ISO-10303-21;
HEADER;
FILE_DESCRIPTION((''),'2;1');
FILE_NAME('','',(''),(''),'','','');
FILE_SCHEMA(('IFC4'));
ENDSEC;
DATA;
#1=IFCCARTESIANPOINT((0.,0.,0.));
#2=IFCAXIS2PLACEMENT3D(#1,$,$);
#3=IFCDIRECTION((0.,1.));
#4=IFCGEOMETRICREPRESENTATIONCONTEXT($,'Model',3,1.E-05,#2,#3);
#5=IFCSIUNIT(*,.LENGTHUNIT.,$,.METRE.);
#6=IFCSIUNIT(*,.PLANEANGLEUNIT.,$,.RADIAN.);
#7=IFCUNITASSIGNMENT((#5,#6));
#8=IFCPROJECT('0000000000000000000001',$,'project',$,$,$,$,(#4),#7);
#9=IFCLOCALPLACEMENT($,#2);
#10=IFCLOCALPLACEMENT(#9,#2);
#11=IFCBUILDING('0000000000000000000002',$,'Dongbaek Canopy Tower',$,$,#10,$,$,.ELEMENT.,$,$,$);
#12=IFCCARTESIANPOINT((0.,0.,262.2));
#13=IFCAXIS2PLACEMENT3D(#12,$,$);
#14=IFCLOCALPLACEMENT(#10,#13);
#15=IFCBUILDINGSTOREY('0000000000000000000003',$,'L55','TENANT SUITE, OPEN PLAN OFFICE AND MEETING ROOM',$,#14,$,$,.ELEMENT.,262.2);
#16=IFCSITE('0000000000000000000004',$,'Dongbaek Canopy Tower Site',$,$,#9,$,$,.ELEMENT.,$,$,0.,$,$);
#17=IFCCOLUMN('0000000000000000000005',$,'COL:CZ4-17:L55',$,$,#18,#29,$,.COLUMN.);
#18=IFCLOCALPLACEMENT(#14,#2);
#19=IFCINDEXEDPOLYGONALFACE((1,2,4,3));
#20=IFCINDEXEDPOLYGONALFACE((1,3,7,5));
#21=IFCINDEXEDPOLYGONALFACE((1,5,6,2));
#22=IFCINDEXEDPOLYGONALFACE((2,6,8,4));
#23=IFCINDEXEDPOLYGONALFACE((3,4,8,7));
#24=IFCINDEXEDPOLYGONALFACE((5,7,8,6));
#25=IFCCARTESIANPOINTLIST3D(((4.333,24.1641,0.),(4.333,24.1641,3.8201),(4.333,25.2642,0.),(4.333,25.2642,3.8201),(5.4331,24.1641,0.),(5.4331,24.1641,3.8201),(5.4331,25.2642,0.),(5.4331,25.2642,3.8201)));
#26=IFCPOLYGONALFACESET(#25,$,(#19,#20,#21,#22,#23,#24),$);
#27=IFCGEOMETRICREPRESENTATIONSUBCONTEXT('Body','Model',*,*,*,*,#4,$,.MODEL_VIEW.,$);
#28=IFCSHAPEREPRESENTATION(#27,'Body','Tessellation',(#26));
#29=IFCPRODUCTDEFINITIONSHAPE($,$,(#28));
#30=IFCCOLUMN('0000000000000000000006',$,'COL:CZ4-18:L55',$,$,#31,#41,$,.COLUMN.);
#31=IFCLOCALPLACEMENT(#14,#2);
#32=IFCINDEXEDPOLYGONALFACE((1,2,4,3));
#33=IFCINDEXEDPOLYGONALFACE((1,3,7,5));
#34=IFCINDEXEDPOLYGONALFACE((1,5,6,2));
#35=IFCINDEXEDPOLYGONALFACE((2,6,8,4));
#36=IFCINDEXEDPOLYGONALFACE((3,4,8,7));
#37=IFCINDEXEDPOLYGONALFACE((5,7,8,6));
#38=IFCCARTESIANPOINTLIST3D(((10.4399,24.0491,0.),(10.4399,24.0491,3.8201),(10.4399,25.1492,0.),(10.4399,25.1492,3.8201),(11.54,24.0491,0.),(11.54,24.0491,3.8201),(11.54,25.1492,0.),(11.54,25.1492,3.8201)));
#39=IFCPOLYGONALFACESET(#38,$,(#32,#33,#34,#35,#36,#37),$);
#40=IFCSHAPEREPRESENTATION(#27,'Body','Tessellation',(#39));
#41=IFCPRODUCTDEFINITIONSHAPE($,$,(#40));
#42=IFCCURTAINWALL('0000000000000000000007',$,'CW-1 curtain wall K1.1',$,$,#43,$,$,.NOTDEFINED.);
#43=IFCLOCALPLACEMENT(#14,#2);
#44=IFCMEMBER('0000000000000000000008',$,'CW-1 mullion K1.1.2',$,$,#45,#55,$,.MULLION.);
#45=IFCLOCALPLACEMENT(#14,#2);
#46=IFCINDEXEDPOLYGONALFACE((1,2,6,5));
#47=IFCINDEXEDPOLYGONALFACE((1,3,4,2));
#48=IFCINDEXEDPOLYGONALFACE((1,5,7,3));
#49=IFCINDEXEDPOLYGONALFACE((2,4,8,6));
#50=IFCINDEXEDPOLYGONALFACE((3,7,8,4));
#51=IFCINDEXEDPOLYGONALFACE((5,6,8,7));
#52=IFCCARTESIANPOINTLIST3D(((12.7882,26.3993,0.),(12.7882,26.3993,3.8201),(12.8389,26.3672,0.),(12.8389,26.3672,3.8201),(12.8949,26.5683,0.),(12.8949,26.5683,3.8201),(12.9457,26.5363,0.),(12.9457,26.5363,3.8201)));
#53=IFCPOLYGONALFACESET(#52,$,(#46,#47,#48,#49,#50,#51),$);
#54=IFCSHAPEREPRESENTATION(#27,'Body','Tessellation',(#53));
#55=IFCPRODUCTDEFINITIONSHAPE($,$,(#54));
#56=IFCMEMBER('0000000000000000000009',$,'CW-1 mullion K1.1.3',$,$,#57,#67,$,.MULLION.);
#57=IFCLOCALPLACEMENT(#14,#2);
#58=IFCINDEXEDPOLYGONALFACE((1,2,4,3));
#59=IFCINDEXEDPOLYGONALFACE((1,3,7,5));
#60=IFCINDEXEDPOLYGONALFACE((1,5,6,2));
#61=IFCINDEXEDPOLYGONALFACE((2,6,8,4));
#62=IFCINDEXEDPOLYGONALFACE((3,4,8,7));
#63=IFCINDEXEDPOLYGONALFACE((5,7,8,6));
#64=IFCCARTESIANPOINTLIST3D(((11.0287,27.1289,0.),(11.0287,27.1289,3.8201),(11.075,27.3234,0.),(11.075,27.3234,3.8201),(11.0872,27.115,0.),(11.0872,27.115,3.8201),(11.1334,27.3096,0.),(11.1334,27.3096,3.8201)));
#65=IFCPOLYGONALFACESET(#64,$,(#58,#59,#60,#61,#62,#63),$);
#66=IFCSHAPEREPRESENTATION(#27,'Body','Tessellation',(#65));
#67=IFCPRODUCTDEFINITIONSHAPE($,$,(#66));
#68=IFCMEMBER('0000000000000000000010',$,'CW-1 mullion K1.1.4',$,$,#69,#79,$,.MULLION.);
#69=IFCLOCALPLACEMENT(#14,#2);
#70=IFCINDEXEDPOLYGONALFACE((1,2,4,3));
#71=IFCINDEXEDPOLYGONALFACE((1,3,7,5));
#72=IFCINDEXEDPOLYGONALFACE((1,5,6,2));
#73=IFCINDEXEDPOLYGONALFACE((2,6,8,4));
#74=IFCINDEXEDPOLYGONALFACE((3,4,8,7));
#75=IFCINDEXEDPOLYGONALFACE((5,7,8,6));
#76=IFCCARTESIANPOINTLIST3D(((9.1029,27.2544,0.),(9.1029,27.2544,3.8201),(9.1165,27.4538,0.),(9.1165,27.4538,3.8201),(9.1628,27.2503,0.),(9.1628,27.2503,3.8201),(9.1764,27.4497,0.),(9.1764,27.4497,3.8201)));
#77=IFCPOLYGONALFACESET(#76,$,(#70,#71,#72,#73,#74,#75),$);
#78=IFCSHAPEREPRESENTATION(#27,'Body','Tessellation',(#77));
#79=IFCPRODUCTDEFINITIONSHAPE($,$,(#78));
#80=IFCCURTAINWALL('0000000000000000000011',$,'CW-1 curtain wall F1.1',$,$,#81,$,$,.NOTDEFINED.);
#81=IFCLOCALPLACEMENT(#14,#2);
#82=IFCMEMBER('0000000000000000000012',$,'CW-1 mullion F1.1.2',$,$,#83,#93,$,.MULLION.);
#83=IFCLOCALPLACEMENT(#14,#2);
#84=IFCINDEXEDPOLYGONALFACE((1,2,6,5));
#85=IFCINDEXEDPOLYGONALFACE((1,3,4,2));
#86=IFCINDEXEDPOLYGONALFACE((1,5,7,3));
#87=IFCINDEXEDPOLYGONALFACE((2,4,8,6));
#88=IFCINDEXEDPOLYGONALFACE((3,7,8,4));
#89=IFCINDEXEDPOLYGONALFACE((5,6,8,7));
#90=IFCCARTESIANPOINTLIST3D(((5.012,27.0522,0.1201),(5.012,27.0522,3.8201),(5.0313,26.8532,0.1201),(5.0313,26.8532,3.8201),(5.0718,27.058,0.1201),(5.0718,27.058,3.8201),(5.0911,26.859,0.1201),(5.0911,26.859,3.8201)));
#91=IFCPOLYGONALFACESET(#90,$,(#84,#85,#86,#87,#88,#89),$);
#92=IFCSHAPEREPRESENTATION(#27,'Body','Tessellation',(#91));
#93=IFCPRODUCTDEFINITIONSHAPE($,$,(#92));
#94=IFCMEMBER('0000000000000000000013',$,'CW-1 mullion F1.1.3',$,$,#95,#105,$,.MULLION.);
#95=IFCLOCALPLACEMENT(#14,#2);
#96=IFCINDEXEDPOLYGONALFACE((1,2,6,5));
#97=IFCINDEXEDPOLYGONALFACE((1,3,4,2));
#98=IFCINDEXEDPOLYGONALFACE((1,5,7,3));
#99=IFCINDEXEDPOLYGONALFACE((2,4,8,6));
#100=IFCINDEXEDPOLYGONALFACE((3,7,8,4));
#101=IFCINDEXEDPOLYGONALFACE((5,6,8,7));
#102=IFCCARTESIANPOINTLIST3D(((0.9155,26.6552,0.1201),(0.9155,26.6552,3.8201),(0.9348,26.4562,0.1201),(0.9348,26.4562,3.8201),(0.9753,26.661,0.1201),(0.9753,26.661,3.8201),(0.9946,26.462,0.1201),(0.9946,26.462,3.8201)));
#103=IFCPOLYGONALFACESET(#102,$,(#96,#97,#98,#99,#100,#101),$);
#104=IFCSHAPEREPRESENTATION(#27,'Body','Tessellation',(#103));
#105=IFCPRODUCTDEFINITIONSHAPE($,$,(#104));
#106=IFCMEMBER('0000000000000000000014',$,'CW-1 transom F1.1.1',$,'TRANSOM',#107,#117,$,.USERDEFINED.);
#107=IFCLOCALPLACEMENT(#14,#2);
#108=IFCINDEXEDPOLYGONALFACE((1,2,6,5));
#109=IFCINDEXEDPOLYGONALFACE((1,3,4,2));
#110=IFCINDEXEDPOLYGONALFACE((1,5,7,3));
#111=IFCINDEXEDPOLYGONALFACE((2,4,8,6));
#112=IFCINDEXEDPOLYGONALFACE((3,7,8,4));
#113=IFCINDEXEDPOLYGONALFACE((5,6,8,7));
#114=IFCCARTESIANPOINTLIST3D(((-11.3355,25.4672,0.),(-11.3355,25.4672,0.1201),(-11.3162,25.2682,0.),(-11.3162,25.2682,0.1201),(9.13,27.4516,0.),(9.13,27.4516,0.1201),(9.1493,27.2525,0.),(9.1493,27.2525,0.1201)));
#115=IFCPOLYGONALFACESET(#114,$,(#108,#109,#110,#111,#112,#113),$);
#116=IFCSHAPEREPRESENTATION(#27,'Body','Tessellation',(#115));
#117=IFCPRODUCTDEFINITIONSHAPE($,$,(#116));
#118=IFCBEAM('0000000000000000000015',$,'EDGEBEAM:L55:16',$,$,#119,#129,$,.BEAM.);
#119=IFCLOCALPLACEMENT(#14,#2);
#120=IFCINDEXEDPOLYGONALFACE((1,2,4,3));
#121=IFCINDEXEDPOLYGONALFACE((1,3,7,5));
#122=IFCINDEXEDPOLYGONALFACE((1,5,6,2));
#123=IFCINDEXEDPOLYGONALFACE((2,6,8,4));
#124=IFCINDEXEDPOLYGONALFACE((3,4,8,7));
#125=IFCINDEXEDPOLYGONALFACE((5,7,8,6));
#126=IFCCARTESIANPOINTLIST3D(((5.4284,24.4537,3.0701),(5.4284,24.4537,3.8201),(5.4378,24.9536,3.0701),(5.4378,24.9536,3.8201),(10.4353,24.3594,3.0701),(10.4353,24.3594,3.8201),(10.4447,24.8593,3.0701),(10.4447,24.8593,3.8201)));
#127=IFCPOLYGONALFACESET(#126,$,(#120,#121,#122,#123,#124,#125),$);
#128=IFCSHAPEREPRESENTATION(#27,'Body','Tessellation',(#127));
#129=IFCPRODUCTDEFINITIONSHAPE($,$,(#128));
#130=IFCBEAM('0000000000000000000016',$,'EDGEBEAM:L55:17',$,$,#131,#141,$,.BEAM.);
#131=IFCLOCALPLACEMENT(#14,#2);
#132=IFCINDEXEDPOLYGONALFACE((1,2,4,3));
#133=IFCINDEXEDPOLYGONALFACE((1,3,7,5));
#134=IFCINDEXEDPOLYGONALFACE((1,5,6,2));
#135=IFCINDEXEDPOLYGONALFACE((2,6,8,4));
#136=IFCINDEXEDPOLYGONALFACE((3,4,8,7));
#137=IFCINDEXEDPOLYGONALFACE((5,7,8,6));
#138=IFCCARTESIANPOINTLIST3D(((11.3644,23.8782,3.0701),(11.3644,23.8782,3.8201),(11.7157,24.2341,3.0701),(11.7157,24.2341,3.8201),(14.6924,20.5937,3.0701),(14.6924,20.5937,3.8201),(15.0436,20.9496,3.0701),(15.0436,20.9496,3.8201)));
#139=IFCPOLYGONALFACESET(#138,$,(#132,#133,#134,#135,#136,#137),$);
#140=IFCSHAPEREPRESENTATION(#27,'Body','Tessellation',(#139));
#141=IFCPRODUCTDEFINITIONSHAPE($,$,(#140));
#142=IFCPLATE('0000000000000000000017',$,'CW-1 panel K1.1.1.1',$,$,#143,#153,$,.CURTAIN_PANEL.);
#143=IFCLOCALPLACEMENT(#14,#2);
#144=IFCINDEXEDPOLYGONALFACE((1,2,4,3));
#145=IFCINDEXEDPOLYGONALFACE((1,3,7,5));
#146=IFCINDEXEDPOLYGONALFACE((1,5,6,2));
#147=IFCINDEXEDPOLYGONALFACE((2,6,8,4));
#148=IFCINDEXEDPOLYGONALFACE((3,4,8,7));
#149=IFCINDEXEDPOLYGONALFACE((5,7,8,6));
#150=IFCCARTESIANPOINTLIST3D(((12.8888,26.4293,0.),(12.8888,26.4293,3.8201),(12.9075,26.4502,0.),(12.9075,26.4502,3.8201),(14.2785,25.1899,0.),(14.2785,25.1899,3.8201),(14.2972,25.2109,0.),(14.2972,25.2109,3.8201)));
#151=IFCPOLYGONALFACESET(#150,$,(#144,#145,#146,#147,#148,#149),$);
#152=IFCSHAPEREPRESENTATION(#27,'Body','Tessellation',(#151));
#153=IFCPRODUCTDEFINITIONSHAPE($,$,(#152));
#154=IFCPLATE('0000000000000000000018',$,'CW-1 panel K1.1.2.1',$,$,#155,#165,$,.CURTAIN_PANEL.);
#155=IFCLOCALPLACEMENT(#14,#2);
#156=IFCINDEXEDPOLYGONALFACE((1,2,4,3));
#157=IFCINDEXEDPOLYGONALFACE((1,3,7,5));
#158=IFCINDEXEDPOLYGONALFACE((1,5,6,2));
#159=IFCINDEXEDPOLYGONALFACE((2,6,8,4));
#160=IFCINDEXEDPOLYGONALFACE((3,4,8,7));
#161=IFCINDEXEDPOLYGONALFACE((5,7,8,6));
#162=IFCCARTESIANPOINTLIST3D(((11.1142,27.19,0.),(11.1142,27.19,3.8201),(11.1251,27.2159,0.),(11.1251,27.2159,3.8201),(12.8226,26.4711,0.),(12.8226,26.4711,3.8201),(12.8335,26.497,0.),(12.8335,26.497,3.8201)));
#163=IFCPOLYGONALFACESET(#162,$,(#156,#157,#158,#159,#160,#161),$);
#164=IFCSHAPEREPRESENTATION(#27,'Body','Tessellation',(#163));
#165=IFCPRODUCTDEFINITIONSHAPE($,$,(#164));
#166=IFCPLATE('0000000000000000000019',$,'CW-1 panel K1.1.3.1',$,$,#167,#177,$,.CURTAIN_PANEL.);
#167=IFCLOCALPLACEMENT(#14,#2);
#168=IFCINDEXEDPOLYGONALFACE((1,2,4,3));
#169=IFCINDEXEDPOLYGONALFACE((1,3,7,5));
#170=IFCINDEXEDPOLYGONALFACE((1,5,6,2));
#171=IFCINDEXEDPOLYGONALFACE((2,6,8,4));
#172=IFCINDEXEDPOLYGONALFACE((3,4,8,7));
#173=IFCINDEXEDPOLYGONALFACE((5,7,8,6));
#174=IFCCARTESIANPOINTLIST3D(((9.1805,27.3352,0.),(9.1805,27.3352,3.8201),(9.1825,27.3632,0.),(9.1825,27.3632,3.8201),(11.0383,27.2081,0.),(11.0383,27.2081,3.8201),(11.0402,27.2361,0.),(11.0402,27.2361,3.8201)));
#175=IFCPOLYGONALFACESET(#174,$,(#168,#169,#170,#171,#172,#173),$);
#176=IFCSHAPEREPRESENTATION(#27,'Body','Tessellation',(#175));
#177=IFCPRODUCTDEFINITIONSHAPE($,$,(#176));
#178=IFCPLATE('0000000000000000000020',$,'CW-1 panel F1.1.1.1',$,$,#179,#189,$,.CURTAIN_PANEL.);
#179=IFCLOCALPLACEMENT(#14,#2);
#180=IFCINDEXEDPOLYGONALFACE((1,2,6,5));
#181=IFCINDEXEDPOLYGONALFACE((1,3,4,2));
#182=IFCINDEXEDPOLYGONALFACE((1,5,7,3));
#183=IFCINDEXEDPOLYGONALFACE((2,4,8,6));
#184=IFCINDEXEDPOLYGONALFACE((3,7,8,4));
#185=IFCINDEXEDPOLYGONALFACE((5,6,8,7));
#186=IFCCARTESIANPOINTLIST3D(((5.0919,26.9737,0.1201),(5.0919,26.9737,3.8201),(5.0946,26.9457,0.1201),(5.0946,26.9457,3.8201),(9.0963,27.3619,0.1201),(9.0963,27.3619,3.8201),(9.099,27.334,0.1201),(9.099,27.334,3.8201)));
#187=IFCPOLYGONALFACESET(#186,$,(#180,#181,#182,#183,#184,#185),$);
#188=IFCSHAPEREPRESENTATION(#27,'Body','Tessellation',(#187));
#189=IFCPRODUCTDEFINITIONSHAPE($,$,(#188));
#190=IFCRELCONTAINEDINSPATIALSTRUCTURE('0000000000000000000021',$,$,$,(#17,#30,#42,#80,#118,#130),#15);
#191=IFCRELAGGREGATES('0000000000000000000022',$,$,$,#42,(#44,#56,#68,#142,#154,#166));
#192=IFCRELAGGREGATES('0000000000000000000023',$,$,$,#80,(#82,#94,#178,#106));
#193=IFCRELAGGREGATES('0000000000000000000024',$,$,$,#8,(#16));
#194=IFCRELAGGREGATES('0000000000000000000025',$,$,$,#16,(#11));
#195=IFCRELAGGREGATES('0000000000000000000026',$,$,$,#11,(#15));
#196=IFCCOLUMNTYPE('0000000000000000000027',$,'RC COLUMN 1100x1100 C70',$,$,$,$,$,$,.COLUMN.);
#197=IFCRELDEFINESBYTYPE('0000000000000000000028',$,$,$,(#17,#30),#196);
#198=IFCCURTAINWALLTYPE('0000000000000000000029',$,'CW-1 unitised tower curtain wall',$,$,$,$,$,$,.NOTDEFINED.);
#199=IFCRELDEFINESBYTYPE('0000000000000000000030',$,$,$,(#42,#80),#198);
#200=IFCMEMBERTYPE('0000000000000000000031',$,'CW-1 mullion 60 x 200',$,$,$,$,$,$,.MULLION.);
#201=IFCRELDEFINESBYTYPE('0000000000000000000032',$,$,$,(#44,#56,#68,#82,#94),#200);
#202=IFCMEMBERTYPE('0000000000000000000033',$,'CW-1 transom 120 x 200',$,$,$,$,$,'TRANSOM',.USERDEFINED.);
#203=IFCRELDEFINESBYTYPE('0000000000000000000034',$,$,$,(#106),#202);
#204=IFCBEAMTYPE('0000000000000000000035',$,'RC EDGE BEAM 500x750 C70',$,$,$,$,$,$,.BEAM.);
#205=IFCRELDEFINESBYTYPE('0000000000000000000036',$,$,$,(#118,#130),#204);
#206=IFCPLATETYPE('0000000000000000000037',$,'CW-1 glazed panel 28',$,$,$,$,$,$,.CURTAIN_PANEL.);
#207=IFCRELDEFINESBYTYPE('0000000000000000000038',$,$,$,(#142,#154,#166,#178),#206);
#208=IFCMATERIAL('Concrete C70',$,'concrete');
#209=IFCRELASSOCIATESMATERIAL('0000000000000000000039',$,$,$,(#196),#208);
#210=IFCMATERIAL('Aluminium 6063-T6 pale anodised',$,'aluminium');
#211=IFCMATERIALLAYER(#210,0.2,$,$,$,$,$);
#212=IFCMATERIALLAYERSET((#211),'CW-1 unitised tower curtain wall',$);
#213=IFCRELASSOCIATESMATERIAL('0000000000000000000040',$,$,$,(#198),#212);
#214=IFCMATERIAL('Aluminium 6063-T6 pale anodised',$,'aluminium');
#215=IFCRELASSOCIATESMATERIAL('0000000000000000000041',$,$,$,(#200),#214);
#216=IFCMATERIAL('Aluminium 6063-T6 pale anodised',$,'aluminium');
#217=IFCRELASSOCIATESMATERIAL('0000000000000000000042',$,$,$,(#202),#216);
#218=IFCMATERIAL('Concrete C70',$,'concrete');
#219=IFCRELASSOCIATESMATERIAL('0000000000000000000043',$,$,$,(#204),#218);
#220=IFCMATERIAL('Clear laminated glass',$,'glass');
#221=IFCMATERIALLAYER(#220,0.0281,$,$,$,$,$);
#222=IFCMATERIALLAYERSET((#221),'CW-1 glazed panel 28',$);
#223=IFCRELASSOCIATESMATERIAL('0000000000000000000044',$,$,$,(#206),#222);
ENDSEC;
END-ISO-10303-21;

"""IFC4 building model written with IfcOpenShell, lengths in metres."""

from ifc_helpers import new_model, si_unit, direction, frame, origin, origin_2d, place, context, subcontext, project, spatial, rectangle, extrude, material, layer, layer_set, material_profile, profile_set, type_object, element, aggregate, save


model = new_model("IFC4")

# Units and contexts
model_context = context("Model", 3, precision=1e-05, world=origin(), true_north=direction((0.0, 1.0)))
body_context = subcontext(model_context, "Body", "Model", "MODEL_VIEW")
ifc_project = project(units=[si_unit("LENGTHUNIT", "METRE"), si_unit("PLANEANGLEUNIT", "RADIAN")], contexts=[model_context])

# Site, building, storey
site_placement = place(None, origin())
site = spatial("IfcSite", under=ifc_project, at=site_placement, Name="Dongbaek Canopy Tower Site", CompositionType="ELEMENT", RefElevation=0.0)
building_placement = place(site_placement, origin())
building = spatial("IfcBuilding", under=site, at=building_placement, Name="Dongbaek Canopy Tower", CompositionType="ELEMENT")
storey_placement = place(building_placement, frame((0.0, 0.0, 262.2)))
storey = spatial("IfcBuildingStorey", under=building, at=storey_placement, Name="L55", Description="TENANT SUITE, OPEN PLAN OFFICE AND MEETING ROOM", CompositionType="ELEMENT", Elevation=262.2)

# Columns
ifc_material_1 = material(Name="Concrete C70", Category="concrete")
ifc_material_profile_1 = material_profile(ifc_material_1, rectangle(XDim=1.1001, YDim=1.1001, at=origin_2d()), Name="RC COLUMN 1100x1100 C70")
ifc_profile_set_1 = profile_set([ifc_material_profile_1], Name="Concrete C70")
column_type = type_object("IfcColumnType", Name="RC COLUMN 1100x1100 C70", PredefinedType="COLUMN", material=ifc_profile_set_1)
for number, where, z_axis, x_axis, name in (
    (1, (4.8831, 24.7141, 0.0), (0.0, 0.0, 1.0), (1.0, 0.0, 0.0), "COL:CZ4-17:L55"),
    (2, (10.99, 24.5991, 0.0), (0.0, 0.0, 1.0), (1.0, 0.0, 0.0), "COL:CZ4-18:L55"),
):
    element("IfcColumn", number, at=place(storey_placement, frame(where, z_axis=z_axis, x_axis=x_axis)), inside=storey, type_object=column_type, Name=name, PredefinedType="COLUMN", context=body_context, shape_type="SweptSolid", body=[
        extrude(rectangle(XDim=1.1001, YDim=1.1001, at=origin_2d()), origin(), (0.0, 0.0, 1.0), 3.8201),
    ])

# Curtain walls, members
ifc_material_2 = material(Name="Aluminium 6063-T6 pale anodised", Category="aluminium")
ifc_layer_1 = layer(ifc_material_2, 0.2)
ifc_layer_set_1 = layer_set([ifc_layer_1], Name="CW-1 unitised tower curtain wall")
curtain_wall_type = type_object("IfcCurtainWallType", Name="CW-1 unitised tower curtain wall", PredefinedType="NOTDEFINED", material=ifc_layer_set_1)
curtain_wall_1_placement = place(storey_placement, origin())
curtain_wall_1 = element("IfcCurtainWall", 3, at=curtain_wall_1_placement, inside=storey, type_object=curtain_wall_type, Name="CW-1 curtain wall K1.1", PredefinedType="NOTDEFINED")
ifc_material_3 = material(Name="Aluminium 6063-T6 pale anodised", Category="aluminium")
ifc_material_profile_2 = material_profile(ifc_material_3, rectangle(XDim=0.2, YDim=0.0601, at=origin_2d()), Name="CW-1 mullion 60 x 200")
ifc_profile_set_2 = profile_set([ifc_material_profile_2], Name="Aluminium 6063-T6 pale anodised")
member_type_1 = type_object("IfcMemberType", Name="CW-1 mullion 60 x 200", PredefinedType="MULLION", material=ifc_profile_set_2)
member_1_placement = place(storey_placement, frame((12.8669, 26.4678, 0.0), z_axis=(0.0, 0.0, 1.0), x_axis=(0.533975, 0.8455, 0.0)))
member_1 = element("IfcMember", 4, at=member_1_placement, type_object=member_type_1, Name="CW-1 mullion K1.1.2", PredefinedType="MULLION", context=body_context, shape_type="SweptSolid", body=[
    extrude(rectangle(XDim=0.2, YDim=0.0601, at=origin_2d()), origin(), (0.0, 0.0, 1.0), 3.8201),
])
member_2_placement = place(storey_placement, frame((11.0811, 27.2192, 0.0), z_axis=(0.0, 0.0, 1.0), x_axis=(0.231208, 0.972904, 0.0)))
member_2 = element("IfcMember", 5, at=member_2_placement, type_object=member_type_1, Name="CW-1 mullion K1.1.3", PredefinedType="MULLION", context=body_context, shape_type="SweptSolid", body=[
    extrude(rectangle(XDim=0.2, YDim=0.0601, at=origin_2d()), origin(), (0.0, 0.0, 1.0), 3.8201),
])
member_3_placement = place(storey_placement, frame((9.1396, 27.3521, 0.0), z_axis=(0.0, 0.0, 1.0), x_axis=(0.068279, 0.997666, 0.0)))
member_3 = element("IfcMember", 6, at=member_3_placement, type_object=member_type_1, Name="CW-1 mullion K1.1.4", PredefinedType="MULLION", context=body_context, shape_type="SweptSolid", body=[
    extrude(rectangle(XDim=0.2, YDim=0.0601, at=origin_2d()), origin(), (0.0, 0.0, 1.0), 3.8201),
])
curtain_wall_2_placement = place(storey_placement, origin())
curtain_wall_2 = element("IfcCurtainWall", 7, at=curtain_wall_2_placement, inside=storey, type_object=curtain_wall_type, Name="CW-1 curtain wall F1.1", PredefinedType="NOTDEFINED")
member_4_placement = place(storey_placement, frame((5.0515, 26.9556, 0.1201), z_axis=(0.0, 0.0, 1.0), x_axis=(-0.096506, 0.995332, 0.0)))
member_4 = element("IfcMember", 8, at=member_4_placement, type_object=member_type_1, Name="CW-1 mullion F1.1.2", PredefinedType="MULLION", context=body_context, shape_type="SweptSolid", body=[
    extrude(rectangle(XDim=0.2, YDim=0.0601, at=origin_2d()), origin(), (0.0, 0.0, 1.0), 3.7),
])
member_5_placement = place(storey_placement, frame((0.9551, 26.5586, 0.1201), z_axis=(0.0, 0.0, 1.0), x_axis=(-0.096506, 0.995332, 0.0)))
member_5 = element("IfcMember", 9, at=member_5_placement, type_object=member_type_1, Name="CW-1 mullion F1.1.3", PredefinedType="MULLION", context=body_context, shape_type="SweptSolid", body=[
    extrude(rectangle(XDim=0.2, YDim=0.0601, at=origin_2d()), origin(), (0.0, 0.0, 1.0), 3.7),
])
ifc_material_4 = material(Name="Aluminium 6063-T6 pale anodised", Category="aluminium")
ifc_material_profile_3 = material_profile(ifc_material_4, rectangle(XDim=0.2, YDim=0.1201, at=origin_2d()), Name="CW-1 transom 120 x 200")
ifc_profile_set_3 = profile_set([ifc_material_profile_3], Name="Aluminium 6063-T6 pale anodised")
member_type_2 = type_object("IfcMemberType", Name="CW-1 transom 120 x 200", ElementType="TRANSOM", PredefinedType="USERDEFINED", material=ifc_profile_set_3)
member_6_placement = place(storey_placement, frame((9.1396, 27.3521, 0.0601), z_axis=(-0.995332, -0.096509, 0.0), x_axis=(0.096509, -0.995332, 0.0)))
member_6 = element("IfcMember", 10, at=member_6_placement, type_object=member_type_2, Name="CW-1 transom F1.1.1", ObjectType="TRANSOM", PredefinedType="USERDEFINED", context=body_context, shape_type="SweptSolid", body=[
    extrude(rectangle(XDim=0.2, YDim=0.1201, at=origin_2d()), origin(), (0.0, 0.0, 1.0), 20.5615),
])

# Beams
ifc_material_5 = material(Name="Concrete C70", Category="concrete")
ifc_material_profile_4 = material_profile(ifc_material_5, rectangle(XDim=0.5, YDim=0.75, at=origin_2d()), Name="RC EDGE BEAM 500x750 C70")
ifc_profile_set_4 = profile_set([ifc_material_profile_4], Name="Concrete C70")
beam_type = type_object("IfcBeamType", Name="RC EDGE BEAM 500x750 C70", PredefinedType="BEAM", material=ifc_profile_set_4)
beam_1_placement = place(storey_placement, frame((5.4331, 24.7036, 3.4451), z_axis=(0.999823, -0.018819, 0.0), x_axis=(0.018819, 0.999823, 0.0)))
element("IfcBeam", 11, at=beam_1_placement, inside=storey, type_object=beam_type, Name="EDGEBEAM:L55:16", PredefinedType="BEAM", context=body_context, shape_type="SweptSolid", body=[
    extrude(rectangle(XDim=0.5, YDim=0.75, at=origin_2d()), origin(), (0.0, 0.0, 1.0), 5.0078),
])
beam_2_placement = place(storey_placement, frame((11.54, 24.0562, 3.4451), z_axis=(0.711739, -0.702444, 0.0), x_axis=(0.702444, 0.711739, 0.0)))
element("IfcBeam", 12, at=beam_2_placement, inside=storey, type_object=beam_type, Name="EDGEBEAM:L55:17", PredefinedType="BEAM", context=body_context, shape_type="SweptSolid", body=[
    extrude(rectangle(XDim=0.5, YDim=0.75, at=origin_2d()), origin(), (0.0, 0.0, 1.0), 4.6758),
])

# Plates
ifc_material_6 = material(Name="Clear laminated glass", Category="glass")
ifc_layer_2 = layer(ifc_material_6, 0.0281)
ifc_layer_set_2 = layer_set([ifc_layer_2], Name="CW-1 glazed panel 28")
plate_type = type_object("IfcPlateType", Name="CW-1 glazed panel 28", PredefinedType="CURTAIN_PANEL", material=ifc_layer_set_2)
plate_1_placement = place(storey_placement, frame((13.593, 25.8201, 0.0), z_axis=(0.0, 0.0, 1.0), x_axis=(-0.746318, 0.665589, 0.0)))
plate_1 = element("IfcPlate", 13, at=plate_1_placement, type_object=plate_type, Name="CW-1 panel K1.1.1.1", PredefinedType="CURTAIN_PANEL", context=body_context, shape_type="SweptSolid", body=[
    extrude(rectangle(XDim=1.8621, YDim=0.0281, at=origin_2d()), origin(), (0.0, 0.0, 1.0), 3.8201),
])
plate_2_placement = place(storey_placement, frame((11.9739, 26.8435, 0.0), z_axis=(0.0, 0.0, 1.0), x_axis=(-0.921719, 0.387859, 0.0)))
plate_2 = element("IfcPlate", 14, at=plate_2_placement, type_object=plate_type, Name="CW-1 panel K1.1.2.1", PredefinedType="CURTAIN_PANEL", context=body_context, shape_type="SweptSolid", body=[
    extrude(rectangle(XDim=1.8535, YDim=0.0281, at=origin_2d()), origin(), (0.0, 0.0, 1.0), 3.8201),
])
plate_3_placement = place(storey_placement, frame((10.1104, 27.2856, 0.0), z_axis=(0.0, 0.0, 1.0), x_axis=(-0.997666, 0.068279, 0.0)))
plate_3 = element("IfcPlate", 15, at=plate_3_placement, type_object=plate_type, Name="CW-1 panel K1.1.3.1", PredefinedType="CURTAIN_PANEL", context=body_context, shape_type="SweptSolid", body=[
    extrude(rectangle(XDim=1.8621, YDim=0.0281, at=origin_2d()), origin(), (0.0, 0.0, 1.0), 3.8201),
])
aggregate(curtain_wall_1, [member_1, member_2, member_3, plate_1, plate_2, plate_3])
plate_4_placement = place(storey_placement, frame((7.0955, 27.1538, 0.1201), z_axis=(0.0, 0.0, 1.0), x_axis=(-0.995332, -0.096506, 0.0)))
plate_4 = element("IfcPlate", 16, at=plate_4_placement, type_object=plate_type, Name="CW-1 panel F1.1.1.1", PredefinedType="CURTAIN_PANEL", context=body_context, shape_type="SweptSolid", body=[
    extrude(rectangle(XDim=4.0232, YDim=0.0281, at=origin_2d()), origin(), (0.0, 0.0, 1.0), 3.7),
])

aggregate(curtain_wall_2, [member_4, member_5, plate_4, member_6])

save(model, "model.ifc")
